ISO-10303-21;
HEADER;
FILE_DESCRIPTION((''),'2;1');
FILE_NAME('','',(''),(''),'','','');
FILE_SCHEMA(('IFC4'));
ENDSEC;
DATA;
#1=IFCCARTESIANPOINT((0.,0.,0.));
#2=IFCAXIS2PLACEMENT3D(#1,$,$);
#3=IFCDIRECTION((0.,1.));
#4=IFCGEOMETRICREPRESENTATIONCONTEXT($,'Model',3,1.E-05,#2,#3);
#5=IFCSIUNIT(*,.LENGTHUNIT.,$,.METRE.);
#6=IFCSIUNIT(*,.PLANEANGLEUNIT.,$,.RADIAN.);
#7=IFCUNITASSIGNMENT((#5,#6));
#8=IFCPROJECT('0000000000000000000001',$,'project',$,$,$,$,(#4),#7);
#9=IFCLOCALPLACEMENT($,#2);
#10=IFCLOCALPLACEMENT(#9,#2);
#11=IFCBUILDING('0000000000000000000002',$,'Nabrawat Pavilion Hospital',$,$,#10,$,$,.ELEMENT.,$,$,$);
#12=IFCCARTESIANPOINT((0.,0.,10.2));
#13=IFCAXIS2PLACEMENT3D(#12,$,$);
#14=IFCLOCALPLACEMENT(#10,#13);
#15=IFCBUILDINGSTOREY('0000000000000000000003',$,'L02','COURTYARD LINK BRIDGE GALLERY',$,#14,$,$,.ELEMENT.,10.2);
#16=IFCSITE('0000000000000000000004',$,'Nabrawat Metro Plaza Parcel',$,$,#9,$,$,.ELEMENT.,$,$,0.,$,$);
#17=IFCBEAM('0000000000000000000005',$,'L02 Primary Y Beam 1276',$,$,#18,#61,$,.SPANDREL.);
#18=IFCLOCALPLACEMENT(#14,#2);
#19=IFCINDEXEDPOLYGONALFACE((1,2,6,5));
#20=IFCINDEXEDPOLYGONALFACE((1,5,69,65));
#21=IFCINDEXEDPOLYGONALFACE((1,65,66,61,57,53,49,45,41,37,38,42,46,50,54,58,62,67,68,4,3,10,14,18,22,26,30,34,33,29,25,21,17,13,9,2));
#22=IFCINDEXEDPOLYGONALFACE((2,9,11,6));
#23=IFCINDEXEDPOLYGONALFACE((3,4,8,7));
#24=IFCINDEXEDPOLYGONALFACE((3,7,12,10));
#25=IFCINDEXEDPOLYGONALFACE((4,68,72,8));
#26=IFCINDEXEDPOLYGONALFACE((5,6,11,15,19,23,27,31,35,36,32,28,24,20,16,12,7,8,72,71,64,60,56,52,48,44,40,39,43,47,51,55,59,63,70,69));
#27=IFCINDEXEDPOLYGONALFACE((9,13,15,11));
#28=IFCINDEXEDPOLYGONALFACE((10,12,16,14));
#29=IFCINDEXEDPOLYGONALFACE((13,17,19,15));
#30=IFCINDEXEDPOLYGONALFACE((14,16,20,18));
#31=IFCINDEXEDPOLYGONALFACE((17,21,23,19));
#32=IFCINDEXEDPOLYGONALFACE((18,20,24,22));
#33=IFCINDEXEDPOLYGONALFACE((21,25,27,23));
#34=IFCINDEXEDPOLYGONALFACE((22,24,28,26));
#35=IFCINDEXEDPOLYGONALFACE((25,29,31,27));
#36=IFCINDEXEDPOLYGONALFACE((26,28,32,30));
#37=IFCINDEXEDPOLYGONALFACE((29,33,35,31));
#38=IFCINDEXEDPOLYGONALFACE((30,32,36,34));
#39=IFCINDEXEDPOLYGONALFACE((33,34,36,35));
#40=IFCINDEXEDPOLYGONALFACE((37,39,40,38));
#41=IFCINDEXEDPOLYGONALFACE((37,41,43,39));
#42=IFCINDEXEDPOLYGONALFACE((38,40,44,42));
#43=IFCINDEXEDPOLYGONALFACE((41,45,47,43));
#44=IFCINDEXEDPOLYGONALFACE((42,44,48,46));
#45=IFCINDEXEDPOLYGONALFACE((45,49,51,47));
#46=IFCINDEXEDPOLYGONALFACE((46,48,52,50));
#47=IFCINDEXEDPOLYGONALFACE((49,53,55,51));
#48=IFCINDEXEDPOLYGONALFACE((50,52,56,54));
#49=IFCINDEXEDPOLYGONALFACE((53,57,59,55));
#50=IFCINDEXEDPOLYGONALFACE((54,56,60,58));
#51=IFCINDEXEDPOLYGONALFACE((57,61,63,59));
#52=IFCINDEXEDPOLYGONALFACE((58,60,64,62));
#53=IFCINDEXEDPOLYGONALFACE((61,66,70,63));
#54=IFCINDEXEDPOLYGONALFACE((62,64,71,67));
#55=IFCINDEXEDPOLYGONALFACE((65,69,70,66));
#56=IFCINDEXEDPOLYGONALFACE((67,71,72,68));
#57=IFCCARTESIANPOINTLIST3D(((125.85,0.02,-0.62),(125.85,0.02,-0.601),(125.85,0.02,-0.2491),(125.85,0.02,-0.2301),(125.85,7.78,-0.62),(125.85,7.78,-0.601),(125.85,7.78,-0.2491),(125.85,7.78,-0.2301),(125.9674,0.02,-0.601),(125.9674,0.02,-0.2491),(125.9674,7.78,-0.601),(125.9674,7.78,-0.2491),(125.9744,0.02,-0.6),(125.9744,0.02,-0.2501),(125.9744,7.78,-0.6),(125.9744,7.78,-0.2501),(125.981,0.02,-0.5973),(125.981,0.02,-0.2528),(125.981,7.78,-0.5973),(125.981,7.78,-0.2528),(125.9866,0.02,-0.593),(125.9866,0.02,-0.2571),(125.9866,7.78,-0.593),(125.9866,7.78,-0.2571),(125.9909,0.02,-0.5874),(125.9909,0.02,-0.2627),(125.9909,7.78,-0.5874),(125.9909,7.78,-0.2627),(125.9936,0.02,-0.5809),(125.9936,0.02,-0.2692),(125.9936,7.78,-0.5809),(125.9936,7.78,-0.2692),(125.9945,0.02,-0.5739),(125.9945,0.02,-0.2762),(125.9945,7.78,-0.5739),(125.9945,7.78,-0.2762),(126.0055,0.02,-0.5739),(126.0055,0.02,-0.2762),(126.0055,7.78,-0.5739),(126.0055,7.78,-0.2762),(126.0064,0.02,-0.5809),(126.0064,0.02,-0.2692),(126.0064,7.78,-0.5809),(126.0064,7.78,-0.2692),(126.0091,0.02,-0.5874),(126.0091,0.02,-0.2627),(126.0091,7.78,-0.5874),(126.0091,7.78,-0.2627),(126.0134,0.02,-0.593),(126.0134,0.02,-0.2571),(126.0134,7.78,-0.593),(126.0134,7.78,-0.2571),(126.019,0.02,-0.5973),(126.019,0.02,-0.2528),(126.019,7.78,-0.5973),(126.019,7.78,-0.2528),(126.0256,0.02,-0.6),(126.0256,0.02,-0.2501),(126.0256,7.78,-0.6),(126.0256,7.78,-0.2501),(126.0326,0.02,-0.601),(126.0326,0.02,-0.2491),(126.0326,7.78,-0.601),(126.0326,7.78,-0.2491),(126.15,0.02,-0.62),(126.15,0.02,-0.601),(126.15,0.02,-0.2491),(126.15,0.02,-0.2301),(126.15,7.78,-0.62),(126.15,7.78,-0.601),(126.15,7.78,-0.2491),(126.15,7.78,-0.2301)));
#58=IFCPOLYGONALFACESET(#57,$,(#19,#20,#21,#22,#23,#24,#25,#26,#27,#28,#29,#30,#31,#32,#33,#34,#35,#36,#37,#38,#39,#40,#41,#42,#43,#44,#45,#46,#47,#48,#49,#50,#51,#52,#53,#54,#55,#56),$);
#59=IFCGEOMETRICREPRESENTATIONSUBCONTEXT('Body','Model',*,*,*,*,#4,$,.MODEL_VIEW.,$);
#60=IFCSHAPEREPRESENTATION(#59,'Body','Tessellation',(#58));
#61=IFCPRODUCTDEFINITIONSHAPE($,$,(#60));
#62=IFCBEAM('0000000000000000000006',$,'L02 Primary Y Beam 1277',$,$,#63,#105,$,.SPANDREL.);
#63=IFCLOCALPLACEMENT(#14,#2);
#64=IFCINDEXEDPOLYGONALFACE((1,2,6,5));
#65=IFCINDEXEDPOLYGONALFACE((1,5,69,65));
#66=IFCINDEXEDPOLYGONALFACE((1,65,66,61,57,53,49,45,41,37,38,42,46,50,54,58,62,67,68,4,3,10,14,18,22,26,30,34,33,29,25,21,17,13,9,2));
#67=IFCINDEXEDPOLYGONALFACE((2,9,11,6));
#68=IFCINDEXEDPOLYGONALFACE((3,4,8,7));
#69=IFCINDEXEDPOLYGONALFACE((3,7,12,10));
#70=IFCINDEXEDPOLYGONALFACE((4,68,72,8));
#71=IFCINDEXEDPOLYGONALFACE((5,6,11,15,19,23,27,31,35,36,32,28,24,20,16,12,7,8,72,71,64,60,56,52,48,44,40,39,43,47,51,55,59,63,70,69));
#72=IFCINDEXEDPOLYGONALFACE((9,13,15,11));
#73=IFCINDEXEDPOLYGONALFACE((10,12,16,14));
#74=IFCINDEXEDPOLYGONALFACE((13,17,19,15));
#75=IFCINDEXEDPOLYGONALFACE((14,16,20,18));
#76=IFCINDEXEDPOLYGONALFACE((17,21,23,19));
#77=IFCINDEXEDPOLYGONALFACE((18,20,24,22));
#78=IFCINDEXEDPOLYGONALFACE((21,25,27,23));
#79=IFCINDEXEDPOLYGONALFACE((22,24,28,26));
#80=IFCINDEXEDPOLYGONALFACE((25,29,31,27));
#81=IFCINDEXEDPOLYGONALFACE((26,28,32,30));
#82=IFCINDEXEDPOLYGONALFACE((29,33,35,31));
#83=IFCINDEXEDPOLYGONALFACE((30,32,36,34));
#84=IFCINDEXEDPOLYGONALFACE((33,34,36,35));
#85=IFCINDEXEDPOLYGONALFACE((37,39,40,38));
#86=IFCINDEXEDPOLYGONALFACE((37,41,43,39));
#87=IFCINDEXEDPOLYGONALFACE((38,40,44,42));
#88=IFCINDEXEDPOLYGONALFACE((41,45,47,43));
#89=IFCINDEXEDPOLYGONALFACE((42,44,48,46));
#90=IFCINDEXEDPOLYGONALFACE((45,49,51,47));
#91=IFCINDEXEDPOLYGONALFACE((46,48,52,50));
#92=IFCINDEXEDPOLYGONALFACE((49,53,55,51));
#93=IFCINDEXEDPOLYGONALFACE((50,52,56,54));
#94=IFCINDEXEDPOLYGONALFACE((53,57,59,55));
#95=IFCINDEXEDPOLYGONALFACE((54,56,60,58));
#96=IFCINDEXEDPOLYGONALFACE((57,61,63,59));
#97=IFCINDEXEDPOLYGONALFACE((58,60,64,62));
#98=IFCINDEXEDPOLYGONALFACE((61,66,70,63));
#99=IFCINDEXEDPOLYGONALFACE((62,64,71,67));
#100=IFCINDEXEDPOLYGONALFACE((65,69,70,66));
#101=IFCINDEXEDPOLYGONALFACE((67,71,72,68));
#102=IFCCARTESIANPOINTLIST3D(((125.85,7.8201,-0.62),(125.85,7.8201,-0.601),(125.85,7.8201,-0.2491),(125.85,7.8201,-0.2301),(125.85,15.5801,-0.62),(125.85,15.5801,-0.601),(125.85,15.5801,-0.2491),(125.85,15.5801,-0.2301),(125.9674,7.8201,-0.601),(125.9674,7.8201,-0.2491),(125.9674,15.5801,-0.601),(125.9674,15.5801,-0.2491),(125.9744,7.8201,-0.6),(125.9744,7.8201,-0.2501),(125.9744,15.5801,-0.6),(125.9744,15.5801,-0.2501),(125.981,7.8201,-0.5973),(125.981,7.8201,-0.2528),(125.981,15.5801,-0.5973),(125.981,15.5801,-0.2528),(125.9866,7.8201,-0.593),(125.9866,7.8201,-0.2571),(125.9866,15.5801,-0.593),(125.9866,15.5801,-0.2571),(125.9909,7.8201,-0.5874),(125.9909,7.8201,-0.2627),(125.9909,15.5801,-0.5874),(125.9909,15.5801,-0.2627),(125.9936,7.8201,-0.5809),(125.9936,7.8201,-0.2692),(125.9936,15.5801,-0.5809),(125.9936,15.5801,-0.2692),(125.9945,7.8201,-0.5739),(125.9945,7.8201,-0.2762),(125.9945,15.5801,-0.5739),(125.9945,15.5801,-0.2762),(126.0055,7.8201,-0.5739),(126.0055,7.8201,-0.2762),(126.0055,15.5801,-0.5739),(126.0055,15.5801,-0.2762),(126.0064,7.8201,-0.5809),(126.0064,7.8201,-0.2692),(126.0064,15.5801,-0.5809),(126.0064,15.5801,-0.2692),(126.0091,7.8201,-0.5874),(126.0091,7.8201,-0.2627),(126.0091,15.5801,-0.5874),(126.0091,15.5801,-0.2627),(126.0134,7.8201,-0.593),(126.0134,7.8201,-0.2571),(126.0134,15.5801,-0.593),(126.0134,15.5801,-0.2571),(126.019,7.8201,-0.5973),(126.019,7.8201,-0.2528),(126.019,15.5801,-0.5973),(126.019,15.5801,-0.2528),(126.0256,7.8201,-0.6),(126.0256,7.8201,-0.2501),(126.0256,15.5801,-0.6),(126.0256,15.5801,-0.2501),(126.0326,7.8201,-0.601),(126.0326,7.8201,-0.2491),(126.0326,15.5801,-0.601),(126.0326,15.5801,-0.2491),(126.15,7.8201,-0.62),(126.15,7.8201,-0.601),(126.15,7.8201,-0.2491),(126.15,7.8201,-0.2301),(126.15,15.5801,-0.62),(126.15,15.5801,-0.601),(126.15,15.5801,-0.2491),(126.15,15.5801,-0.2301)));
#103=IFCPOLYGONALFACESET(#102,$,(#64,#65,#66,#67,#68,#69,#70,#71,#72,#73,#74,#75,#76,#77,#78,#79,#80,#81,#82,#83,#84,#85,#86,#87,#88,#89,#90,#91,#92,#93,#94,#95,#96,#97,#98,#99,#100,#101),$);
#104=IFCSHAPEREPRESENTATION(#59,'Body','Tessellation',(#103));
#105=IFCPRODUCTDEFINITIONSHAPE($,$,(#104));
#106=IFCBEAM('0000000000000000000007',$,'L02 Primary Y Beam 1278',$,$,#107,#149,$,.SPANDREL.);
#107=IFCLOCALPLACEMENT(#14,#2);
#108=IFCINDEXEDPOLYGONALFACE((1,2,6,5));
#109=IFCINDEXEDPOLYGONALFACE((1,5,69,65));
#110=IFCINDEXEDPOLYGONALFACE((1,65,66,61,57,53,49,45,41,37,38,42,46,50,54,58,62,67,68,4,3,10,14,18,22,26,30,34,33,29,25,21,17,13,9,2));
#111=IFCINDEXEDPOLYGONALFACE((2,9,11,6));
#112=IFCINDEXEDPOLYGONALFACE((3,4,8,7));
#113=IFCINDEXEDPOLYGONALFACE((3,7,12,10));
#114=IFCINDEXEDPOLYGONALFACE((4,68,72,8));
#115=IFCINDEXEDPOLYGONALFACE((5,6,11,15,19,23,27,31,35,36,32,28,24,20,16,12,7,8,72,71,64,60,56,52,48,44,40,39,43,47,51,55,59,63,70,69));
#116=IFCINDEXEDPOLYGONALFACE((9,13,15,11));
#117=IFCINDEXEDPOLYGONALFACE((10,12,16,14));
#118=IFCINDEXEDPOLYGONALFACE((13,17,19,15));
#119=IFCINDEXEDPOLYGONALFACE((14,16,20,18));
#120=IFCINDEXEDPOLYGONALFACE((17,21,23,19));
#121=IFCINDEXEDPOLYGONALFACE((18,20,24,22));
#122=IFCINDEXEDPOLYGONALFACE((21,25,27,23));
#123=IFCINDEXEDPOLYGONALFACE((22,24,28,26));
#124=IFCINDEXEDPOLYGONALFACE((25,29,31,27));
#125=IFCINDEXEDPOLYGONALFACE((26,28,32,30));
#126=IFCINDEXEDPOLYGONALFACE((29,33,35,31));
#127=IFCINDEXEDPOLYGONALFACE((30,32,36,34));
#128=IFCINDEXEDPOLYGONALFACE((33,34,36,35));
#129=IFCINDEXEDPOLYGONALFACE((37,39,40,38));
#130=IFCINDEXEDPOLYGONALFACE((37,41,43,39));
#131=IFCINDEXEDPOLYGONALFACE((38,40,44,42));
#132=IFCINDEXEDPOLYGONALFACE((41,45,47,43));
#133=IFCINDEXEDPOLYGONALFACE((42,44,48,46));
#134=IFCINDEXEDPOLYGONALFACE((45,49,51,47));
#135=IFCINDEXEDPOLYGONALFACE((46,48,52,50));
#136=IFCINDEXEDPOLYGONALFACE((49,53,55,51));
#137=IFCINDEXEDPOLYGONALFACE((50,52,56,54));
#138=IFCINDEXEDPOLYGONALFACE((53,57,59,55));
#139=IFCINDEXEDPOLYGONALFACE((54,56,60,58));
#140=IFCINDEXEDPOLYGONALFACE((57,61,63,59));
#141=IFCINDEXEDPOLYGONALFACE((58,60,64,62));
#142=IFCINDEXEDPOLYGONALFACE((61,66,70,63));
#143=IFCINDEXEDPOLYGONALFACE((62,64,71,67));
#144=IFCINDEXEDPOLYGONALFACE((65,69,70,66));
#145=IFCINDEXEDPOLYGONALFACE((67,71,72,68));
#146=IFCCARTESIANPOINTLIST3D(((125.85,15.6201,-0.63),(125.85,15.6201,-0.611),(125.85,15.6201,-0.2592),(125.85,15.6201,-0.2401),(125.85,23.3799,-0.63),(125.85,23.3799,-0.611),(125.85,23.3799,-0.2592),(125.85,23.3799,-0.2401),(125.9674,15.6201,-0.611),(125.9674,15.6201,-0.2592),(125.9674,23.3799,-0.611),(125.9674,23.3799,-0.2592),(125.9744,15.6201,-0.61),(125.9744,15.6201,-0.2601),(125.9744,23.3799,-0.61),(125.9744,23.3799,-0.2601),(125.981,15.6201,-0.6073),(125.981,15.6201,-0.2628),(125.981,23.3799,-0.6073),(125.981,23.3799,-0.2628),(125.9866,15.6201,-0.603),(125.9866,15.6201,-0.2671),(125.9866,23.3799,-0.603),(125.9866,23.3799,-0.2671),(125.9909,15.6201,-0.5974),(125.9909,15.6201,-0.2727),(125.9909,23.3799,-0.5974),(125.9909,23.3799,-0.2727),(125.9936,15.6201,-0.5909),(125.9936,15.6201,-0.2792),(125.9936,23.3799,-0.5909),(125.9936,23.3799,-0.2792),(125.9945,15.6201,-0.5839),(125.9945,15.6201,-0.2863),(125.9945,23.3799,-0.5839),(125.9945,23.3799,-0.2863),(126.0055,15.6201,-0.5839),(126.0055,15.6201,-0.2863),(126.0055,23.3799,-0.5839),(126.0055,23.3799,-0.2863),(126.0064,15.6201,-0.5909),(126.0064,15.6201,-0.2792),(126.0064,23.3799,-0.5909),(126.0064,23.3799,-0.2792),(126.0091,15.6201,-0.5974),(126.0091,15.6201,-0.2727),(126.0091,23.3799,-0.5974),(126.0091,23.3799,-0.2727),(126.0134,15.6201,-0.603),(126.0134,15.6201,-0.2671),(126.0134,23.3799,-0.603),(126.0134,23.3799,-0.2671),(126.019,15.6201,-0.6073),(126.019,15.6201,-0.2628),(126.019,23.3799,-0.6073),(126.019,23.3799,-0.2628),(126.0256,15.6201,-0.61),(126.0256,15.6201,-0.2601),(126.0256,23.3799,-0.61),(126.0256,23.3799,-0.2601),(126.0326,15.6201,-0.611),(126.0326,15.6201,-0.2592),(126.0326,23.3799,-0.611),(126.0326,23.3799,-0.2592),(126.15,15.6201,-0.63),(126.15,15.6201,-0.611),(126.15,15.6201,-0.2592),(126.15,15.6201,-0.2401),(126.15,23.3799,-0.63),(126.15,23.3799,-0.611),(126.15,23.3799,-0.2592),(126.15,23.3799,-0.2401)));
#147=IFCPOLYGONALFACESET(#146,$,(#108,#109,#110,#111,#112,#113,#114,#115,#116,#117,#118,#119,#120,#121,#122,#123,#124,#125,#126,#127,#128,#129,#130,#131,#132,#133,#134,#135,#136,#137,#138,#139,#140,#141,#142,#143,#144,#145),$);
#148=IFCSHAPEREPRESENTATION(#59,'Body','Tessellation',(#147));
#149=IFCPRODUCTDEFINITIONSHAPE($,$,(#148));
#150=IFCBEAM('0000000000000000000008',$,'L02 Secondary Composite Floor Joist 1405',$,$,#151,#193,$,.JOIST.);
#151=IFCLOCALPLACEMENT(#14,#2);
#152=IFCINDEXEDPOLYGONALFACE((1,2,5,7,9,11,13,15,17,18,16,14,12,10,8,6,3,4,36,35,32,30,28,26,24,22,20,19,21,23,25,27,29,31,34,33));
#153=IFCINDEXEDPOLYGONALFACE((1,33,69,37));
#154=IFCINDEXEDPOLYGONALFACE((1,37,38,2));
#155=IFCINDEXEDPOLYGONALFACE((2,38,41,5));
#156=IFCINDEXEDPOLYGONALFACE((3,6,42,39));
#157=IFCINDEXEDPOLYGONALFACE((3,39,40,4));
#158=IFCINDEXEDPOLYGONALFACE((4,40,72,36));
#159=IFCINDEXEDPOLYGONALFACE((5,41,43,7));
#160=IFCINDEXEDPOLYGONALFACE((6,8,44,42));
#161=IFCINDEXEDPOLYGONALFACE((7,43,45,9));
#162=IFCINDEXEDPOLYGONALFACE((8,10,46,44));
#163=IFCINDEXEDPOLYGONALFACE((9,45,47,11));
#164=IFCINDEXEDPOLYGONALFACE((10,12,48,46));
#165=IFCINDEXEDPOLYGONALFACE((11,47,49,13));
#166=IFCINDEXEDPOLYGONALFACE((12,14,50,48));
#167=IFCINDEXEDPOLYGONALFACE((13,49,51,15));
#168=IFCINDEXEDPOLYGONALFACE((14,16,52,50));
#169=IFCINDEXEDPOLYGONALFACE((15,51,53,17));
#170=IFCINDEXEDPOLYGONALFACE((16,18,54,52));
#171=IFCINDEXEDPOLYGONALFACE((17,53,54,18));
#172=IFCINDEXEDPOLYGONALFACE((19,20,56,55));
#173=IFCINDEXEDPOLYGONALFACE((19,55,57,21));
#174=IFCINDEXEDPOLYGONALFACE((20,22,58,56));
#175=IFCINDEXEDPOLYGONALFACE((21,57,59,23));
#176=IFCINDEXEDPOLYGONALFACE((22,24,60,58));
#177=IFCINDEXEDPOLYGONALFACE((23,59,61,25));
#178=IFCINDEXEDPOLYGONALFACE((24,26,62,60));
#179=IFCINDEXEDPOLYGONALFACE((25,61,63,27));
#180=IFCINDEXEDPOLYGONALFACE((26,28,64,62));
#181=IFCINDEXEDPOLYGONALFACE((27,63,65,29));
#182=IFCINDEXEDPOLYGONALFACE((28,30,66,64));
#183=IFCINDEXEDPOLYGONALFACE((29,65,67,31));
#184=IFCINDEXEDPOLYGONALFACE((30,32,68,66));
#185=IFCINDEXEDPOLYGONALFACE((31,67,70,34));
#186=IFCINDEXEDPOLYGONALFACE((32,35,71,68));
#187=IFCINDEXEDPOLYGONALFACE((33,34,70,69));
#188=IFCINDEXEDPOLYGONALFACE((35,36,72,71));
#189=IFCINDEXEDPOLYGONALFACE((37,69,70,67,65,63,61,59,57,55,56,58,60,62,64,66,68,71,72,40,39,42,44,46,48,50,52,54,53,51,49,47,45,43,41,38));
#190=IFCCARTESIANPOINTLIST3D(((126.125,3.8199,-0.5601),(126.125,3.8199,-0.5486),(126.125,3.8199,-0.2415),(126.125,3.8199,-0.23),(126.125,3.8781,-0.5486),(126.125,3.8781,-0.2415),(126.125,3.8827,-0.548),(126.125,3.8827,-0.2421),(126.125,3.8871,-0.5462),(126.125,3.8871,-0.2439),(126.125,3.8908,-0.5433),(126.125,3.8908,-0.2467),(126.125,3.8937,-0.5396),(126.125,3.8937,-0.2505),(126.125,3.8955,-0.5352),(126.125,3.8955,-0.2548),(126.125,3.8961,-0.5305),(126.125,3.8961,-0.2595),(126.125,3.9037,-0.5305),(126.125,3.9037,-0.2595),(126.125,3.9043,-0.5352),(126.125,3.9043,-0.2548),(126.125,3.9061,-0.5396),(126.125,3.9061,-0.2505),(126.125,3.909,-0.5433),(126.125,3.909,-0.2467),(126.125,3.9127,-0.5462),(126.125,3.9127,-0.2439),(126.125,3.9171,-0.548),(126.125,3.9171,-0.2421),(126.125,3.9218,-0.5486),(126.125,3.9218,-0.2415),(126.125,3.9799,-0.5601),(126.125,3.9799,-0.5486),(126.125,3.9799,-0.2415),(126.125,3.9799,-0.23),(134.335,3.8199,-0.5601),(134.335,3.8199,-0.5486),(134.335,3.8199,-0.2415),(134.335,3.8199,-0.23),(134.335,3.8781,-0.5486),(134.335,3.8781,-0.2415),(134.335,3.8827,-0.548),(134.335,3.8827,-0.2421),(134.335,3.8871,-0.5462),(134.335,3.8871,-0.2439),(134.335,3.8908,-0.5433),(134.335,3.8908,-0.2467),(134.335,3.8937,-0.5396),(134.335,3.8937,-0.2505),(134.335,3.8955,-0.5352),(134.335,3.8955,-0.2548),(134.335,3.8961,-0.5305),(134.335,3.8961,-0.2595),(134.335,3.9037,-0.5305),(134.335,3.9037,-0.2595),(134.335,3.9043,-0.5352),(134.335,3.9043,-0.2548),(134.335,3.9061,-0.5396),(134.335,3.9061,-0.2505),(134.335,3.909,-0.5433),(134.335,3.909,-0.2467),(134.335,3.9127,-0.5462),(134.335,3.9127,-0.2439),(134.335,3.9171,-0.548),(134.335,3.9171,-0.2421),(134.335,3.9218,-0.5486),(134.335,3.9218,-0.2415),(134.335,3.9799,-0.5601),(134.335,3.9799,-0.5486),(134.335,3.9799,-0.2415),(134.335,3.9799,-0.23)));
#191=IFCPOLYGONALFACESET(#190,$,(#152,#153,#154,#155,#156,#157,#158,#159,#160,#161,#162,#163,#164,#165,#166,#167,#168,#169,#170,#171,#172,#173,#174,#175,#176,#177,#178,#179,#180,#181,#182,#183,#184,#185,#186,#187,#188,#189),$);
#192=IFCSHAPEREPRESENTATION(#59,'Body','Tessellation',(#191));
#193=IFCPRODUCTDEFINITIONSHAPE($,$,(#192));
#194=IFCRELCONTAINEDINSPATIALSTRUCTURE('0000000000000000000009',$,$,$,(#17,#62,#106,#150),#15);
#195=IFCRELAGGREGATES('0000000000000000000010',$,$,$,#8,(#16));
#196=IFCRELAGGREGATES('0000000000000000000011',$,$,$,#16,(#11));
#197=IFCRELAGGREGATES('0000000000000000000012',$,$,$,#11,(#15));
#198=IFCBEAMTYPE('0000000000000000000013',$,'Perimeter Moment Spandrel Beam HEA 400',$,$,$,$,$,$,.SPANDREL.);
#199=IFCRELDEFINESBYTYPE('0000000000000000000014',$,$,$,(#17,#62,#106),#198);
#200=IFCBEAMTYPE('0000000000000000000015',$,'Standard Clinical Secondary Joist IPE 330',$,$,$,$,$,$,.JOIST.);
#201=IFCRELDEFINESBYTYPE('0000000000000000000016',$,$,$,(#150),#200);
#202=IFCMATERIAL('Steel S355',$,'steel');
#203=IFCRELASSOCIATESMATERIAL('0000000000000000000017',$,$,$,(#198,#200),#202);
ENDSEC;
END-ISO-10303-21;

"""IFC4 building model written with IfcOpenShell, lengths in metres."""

from ifc_helpers import new_model, si_unit, direction, frame, origin, origin_2d, place, context, subcontext, project, spatial, i_section, extrude, material, material_profile, profile_set, type_object, element, save


model = new_model("IFC4")

# Units and contexts
model_context = context("Model", 3, precision=1e-05, world=origin(), true_north=direction((0.0, 1.0)))
body_context = subcontext(model_context, "Body", "Model", "MODEL_VIEW")
ifc_project = project(units=[si_unit("LENGTHUNIT", "METRE"), si_unit("PLANEANGLEUNIT", "RADIAN")], contexts=[model_context])

# Site, building, storey
site_placement = place(None, origin())
site = spatial("IfcSite", under=ifc_project, at=site_placement, Name="Nabrawat Metro Plaza Parcel", CompositionType="ELEMENT", RefElevation=0.0)
building_placement = place(site_placement, origin())
building = spatial("IfcBuilding", under=site, at=building_placement, Name="Nabrawat Pavilion Hospital", CompositionType="ELEMENT")
storey_placement = place(building_placement, frame((0.0, 0.0, 10.2)))
storey = spatial("IfcBuildingStorey", under=building, at=storey_placement, Name="L02", Description="COURTYARD LINK BRIDGE GALLERY", CompositionType="ELEMENT", Elevation=10.2)

# Shared definitions
ifc_material_1 = material(Name="Steel S355", Category="steel")

# Beams
ifc_material_profile_1 = material_profile(ifc_material_1, i_section(OverallWidth=0.3, OverallDepth=0.3899, WebThickness=0.011, FlangeThickness=0.019, FilletRadius=0.0271, at=origin_2d()), Name="HEA 400")
ifc_profile_set_1 = profile_set([ifc_material_profile_1], Name="Steel S355")
beam_type_1 = type_object("IfcBeamType", Name="Perimeter Moment Spandrel Beam HEA 400", PredefinedType="SPANDREL", material=ifc_profile_set_1)
for number, where, z_axis, x_axis, name in (
    (1, (126.0, 0.02, -0.425), (0.0, 1.0, 0.0), (-1.0, 0.0, 0.0), "L02 Primary Y Beam 1276"),
    (2, (126.0, 7.8201, -0.425), (0.0, 1.0, 0.0), (-1.0, 0.0, 0.0), "L02 Primary Y Beam 1277"),
):
    element("IfcBeam", number, at=place(storey_placement, frame(where, z_axis=z_axis, x_axis=x_axis)), inside=storey, type_object=beam_type_1, Name=name, PredefinedType="SPANDREL", context=body_context, shape_type="SweptSolid", body=[
        extrude(i_section(OverallWidth=0.3, OverallDepth=0.3899, WebThickness=0.011, FlangeThickness=0.019, FilletRadius=0.0271, at=origin_2d()), origin(), (0.0, 0.0, 1.0), 7.76),
    ])
beam_1_placement = place(storey_placement, frame((126.0, 15.6201, -0.4351), z_axis=(0.0, 1.0, 0.0), x_axis=(-1.0, 0.0, 0.0)))
element("IfcBeam", 3, at=beam_1_placement, inside=storey, type_object=beam_type_1, Name="L02 Primary Y Beam 1278", PredefinedType="SPANDREL", context=body_context, shape_type="SweptSolid", body=[
    extrude(i_section(OverallWidth=0.3, OverallDepth=0.3899, WebThickness=0.011, FlangeThickness=0.019, FilletRadius=0.0271, at=origin_2d()), origin(), (0.0, 0.0, 1.0), 7.7598),
])
ifc_material_profile_2 = material_profile(ifc_material_1, i_section(OverallWidth=0.1599, OverallDepth=0.3301, WebThickness=0.0076, FlangeThickness=0.0115, FilletRadius=0.0181, at=origin_2d()), Name="IPE 330")
ifc_profile_set_2 = profile_set([ifc_material_profile_2], Name="Steel S355")
beam_type_2 = type_object("IfcBeamType", Name="Standard Clinical Secondary Joist IPE 330", PredefinedType="JOIST", material=ifc_profile_set_2)
beam_2_placement = place(storey_placement, frame((126.125, 3.8999, -0.395), z_axis=(1.0, 0.0, 0.0), x_axis=(0.0, 1.0, 0.0)))
element("IfcBeam", 4, at=beam_2_placement, inside=storey, type_object=beam_type_2, Name="L02 Secondary Composite Floor Joist 1405", PredefinedType="JOIST", context=body_context, shape_type="SweptSolid", body=[
    extrude(i_section(OverallWidth=0.1599, OverallDepth=0.3301, WebThickness=0.0076, FlangeThickness=0.0115, FilletRadius=0.0181, at=origin_2d()), origin(), (0.0, 0.0, 1.0), 8.21),
])

save(model, "model.ifc")
